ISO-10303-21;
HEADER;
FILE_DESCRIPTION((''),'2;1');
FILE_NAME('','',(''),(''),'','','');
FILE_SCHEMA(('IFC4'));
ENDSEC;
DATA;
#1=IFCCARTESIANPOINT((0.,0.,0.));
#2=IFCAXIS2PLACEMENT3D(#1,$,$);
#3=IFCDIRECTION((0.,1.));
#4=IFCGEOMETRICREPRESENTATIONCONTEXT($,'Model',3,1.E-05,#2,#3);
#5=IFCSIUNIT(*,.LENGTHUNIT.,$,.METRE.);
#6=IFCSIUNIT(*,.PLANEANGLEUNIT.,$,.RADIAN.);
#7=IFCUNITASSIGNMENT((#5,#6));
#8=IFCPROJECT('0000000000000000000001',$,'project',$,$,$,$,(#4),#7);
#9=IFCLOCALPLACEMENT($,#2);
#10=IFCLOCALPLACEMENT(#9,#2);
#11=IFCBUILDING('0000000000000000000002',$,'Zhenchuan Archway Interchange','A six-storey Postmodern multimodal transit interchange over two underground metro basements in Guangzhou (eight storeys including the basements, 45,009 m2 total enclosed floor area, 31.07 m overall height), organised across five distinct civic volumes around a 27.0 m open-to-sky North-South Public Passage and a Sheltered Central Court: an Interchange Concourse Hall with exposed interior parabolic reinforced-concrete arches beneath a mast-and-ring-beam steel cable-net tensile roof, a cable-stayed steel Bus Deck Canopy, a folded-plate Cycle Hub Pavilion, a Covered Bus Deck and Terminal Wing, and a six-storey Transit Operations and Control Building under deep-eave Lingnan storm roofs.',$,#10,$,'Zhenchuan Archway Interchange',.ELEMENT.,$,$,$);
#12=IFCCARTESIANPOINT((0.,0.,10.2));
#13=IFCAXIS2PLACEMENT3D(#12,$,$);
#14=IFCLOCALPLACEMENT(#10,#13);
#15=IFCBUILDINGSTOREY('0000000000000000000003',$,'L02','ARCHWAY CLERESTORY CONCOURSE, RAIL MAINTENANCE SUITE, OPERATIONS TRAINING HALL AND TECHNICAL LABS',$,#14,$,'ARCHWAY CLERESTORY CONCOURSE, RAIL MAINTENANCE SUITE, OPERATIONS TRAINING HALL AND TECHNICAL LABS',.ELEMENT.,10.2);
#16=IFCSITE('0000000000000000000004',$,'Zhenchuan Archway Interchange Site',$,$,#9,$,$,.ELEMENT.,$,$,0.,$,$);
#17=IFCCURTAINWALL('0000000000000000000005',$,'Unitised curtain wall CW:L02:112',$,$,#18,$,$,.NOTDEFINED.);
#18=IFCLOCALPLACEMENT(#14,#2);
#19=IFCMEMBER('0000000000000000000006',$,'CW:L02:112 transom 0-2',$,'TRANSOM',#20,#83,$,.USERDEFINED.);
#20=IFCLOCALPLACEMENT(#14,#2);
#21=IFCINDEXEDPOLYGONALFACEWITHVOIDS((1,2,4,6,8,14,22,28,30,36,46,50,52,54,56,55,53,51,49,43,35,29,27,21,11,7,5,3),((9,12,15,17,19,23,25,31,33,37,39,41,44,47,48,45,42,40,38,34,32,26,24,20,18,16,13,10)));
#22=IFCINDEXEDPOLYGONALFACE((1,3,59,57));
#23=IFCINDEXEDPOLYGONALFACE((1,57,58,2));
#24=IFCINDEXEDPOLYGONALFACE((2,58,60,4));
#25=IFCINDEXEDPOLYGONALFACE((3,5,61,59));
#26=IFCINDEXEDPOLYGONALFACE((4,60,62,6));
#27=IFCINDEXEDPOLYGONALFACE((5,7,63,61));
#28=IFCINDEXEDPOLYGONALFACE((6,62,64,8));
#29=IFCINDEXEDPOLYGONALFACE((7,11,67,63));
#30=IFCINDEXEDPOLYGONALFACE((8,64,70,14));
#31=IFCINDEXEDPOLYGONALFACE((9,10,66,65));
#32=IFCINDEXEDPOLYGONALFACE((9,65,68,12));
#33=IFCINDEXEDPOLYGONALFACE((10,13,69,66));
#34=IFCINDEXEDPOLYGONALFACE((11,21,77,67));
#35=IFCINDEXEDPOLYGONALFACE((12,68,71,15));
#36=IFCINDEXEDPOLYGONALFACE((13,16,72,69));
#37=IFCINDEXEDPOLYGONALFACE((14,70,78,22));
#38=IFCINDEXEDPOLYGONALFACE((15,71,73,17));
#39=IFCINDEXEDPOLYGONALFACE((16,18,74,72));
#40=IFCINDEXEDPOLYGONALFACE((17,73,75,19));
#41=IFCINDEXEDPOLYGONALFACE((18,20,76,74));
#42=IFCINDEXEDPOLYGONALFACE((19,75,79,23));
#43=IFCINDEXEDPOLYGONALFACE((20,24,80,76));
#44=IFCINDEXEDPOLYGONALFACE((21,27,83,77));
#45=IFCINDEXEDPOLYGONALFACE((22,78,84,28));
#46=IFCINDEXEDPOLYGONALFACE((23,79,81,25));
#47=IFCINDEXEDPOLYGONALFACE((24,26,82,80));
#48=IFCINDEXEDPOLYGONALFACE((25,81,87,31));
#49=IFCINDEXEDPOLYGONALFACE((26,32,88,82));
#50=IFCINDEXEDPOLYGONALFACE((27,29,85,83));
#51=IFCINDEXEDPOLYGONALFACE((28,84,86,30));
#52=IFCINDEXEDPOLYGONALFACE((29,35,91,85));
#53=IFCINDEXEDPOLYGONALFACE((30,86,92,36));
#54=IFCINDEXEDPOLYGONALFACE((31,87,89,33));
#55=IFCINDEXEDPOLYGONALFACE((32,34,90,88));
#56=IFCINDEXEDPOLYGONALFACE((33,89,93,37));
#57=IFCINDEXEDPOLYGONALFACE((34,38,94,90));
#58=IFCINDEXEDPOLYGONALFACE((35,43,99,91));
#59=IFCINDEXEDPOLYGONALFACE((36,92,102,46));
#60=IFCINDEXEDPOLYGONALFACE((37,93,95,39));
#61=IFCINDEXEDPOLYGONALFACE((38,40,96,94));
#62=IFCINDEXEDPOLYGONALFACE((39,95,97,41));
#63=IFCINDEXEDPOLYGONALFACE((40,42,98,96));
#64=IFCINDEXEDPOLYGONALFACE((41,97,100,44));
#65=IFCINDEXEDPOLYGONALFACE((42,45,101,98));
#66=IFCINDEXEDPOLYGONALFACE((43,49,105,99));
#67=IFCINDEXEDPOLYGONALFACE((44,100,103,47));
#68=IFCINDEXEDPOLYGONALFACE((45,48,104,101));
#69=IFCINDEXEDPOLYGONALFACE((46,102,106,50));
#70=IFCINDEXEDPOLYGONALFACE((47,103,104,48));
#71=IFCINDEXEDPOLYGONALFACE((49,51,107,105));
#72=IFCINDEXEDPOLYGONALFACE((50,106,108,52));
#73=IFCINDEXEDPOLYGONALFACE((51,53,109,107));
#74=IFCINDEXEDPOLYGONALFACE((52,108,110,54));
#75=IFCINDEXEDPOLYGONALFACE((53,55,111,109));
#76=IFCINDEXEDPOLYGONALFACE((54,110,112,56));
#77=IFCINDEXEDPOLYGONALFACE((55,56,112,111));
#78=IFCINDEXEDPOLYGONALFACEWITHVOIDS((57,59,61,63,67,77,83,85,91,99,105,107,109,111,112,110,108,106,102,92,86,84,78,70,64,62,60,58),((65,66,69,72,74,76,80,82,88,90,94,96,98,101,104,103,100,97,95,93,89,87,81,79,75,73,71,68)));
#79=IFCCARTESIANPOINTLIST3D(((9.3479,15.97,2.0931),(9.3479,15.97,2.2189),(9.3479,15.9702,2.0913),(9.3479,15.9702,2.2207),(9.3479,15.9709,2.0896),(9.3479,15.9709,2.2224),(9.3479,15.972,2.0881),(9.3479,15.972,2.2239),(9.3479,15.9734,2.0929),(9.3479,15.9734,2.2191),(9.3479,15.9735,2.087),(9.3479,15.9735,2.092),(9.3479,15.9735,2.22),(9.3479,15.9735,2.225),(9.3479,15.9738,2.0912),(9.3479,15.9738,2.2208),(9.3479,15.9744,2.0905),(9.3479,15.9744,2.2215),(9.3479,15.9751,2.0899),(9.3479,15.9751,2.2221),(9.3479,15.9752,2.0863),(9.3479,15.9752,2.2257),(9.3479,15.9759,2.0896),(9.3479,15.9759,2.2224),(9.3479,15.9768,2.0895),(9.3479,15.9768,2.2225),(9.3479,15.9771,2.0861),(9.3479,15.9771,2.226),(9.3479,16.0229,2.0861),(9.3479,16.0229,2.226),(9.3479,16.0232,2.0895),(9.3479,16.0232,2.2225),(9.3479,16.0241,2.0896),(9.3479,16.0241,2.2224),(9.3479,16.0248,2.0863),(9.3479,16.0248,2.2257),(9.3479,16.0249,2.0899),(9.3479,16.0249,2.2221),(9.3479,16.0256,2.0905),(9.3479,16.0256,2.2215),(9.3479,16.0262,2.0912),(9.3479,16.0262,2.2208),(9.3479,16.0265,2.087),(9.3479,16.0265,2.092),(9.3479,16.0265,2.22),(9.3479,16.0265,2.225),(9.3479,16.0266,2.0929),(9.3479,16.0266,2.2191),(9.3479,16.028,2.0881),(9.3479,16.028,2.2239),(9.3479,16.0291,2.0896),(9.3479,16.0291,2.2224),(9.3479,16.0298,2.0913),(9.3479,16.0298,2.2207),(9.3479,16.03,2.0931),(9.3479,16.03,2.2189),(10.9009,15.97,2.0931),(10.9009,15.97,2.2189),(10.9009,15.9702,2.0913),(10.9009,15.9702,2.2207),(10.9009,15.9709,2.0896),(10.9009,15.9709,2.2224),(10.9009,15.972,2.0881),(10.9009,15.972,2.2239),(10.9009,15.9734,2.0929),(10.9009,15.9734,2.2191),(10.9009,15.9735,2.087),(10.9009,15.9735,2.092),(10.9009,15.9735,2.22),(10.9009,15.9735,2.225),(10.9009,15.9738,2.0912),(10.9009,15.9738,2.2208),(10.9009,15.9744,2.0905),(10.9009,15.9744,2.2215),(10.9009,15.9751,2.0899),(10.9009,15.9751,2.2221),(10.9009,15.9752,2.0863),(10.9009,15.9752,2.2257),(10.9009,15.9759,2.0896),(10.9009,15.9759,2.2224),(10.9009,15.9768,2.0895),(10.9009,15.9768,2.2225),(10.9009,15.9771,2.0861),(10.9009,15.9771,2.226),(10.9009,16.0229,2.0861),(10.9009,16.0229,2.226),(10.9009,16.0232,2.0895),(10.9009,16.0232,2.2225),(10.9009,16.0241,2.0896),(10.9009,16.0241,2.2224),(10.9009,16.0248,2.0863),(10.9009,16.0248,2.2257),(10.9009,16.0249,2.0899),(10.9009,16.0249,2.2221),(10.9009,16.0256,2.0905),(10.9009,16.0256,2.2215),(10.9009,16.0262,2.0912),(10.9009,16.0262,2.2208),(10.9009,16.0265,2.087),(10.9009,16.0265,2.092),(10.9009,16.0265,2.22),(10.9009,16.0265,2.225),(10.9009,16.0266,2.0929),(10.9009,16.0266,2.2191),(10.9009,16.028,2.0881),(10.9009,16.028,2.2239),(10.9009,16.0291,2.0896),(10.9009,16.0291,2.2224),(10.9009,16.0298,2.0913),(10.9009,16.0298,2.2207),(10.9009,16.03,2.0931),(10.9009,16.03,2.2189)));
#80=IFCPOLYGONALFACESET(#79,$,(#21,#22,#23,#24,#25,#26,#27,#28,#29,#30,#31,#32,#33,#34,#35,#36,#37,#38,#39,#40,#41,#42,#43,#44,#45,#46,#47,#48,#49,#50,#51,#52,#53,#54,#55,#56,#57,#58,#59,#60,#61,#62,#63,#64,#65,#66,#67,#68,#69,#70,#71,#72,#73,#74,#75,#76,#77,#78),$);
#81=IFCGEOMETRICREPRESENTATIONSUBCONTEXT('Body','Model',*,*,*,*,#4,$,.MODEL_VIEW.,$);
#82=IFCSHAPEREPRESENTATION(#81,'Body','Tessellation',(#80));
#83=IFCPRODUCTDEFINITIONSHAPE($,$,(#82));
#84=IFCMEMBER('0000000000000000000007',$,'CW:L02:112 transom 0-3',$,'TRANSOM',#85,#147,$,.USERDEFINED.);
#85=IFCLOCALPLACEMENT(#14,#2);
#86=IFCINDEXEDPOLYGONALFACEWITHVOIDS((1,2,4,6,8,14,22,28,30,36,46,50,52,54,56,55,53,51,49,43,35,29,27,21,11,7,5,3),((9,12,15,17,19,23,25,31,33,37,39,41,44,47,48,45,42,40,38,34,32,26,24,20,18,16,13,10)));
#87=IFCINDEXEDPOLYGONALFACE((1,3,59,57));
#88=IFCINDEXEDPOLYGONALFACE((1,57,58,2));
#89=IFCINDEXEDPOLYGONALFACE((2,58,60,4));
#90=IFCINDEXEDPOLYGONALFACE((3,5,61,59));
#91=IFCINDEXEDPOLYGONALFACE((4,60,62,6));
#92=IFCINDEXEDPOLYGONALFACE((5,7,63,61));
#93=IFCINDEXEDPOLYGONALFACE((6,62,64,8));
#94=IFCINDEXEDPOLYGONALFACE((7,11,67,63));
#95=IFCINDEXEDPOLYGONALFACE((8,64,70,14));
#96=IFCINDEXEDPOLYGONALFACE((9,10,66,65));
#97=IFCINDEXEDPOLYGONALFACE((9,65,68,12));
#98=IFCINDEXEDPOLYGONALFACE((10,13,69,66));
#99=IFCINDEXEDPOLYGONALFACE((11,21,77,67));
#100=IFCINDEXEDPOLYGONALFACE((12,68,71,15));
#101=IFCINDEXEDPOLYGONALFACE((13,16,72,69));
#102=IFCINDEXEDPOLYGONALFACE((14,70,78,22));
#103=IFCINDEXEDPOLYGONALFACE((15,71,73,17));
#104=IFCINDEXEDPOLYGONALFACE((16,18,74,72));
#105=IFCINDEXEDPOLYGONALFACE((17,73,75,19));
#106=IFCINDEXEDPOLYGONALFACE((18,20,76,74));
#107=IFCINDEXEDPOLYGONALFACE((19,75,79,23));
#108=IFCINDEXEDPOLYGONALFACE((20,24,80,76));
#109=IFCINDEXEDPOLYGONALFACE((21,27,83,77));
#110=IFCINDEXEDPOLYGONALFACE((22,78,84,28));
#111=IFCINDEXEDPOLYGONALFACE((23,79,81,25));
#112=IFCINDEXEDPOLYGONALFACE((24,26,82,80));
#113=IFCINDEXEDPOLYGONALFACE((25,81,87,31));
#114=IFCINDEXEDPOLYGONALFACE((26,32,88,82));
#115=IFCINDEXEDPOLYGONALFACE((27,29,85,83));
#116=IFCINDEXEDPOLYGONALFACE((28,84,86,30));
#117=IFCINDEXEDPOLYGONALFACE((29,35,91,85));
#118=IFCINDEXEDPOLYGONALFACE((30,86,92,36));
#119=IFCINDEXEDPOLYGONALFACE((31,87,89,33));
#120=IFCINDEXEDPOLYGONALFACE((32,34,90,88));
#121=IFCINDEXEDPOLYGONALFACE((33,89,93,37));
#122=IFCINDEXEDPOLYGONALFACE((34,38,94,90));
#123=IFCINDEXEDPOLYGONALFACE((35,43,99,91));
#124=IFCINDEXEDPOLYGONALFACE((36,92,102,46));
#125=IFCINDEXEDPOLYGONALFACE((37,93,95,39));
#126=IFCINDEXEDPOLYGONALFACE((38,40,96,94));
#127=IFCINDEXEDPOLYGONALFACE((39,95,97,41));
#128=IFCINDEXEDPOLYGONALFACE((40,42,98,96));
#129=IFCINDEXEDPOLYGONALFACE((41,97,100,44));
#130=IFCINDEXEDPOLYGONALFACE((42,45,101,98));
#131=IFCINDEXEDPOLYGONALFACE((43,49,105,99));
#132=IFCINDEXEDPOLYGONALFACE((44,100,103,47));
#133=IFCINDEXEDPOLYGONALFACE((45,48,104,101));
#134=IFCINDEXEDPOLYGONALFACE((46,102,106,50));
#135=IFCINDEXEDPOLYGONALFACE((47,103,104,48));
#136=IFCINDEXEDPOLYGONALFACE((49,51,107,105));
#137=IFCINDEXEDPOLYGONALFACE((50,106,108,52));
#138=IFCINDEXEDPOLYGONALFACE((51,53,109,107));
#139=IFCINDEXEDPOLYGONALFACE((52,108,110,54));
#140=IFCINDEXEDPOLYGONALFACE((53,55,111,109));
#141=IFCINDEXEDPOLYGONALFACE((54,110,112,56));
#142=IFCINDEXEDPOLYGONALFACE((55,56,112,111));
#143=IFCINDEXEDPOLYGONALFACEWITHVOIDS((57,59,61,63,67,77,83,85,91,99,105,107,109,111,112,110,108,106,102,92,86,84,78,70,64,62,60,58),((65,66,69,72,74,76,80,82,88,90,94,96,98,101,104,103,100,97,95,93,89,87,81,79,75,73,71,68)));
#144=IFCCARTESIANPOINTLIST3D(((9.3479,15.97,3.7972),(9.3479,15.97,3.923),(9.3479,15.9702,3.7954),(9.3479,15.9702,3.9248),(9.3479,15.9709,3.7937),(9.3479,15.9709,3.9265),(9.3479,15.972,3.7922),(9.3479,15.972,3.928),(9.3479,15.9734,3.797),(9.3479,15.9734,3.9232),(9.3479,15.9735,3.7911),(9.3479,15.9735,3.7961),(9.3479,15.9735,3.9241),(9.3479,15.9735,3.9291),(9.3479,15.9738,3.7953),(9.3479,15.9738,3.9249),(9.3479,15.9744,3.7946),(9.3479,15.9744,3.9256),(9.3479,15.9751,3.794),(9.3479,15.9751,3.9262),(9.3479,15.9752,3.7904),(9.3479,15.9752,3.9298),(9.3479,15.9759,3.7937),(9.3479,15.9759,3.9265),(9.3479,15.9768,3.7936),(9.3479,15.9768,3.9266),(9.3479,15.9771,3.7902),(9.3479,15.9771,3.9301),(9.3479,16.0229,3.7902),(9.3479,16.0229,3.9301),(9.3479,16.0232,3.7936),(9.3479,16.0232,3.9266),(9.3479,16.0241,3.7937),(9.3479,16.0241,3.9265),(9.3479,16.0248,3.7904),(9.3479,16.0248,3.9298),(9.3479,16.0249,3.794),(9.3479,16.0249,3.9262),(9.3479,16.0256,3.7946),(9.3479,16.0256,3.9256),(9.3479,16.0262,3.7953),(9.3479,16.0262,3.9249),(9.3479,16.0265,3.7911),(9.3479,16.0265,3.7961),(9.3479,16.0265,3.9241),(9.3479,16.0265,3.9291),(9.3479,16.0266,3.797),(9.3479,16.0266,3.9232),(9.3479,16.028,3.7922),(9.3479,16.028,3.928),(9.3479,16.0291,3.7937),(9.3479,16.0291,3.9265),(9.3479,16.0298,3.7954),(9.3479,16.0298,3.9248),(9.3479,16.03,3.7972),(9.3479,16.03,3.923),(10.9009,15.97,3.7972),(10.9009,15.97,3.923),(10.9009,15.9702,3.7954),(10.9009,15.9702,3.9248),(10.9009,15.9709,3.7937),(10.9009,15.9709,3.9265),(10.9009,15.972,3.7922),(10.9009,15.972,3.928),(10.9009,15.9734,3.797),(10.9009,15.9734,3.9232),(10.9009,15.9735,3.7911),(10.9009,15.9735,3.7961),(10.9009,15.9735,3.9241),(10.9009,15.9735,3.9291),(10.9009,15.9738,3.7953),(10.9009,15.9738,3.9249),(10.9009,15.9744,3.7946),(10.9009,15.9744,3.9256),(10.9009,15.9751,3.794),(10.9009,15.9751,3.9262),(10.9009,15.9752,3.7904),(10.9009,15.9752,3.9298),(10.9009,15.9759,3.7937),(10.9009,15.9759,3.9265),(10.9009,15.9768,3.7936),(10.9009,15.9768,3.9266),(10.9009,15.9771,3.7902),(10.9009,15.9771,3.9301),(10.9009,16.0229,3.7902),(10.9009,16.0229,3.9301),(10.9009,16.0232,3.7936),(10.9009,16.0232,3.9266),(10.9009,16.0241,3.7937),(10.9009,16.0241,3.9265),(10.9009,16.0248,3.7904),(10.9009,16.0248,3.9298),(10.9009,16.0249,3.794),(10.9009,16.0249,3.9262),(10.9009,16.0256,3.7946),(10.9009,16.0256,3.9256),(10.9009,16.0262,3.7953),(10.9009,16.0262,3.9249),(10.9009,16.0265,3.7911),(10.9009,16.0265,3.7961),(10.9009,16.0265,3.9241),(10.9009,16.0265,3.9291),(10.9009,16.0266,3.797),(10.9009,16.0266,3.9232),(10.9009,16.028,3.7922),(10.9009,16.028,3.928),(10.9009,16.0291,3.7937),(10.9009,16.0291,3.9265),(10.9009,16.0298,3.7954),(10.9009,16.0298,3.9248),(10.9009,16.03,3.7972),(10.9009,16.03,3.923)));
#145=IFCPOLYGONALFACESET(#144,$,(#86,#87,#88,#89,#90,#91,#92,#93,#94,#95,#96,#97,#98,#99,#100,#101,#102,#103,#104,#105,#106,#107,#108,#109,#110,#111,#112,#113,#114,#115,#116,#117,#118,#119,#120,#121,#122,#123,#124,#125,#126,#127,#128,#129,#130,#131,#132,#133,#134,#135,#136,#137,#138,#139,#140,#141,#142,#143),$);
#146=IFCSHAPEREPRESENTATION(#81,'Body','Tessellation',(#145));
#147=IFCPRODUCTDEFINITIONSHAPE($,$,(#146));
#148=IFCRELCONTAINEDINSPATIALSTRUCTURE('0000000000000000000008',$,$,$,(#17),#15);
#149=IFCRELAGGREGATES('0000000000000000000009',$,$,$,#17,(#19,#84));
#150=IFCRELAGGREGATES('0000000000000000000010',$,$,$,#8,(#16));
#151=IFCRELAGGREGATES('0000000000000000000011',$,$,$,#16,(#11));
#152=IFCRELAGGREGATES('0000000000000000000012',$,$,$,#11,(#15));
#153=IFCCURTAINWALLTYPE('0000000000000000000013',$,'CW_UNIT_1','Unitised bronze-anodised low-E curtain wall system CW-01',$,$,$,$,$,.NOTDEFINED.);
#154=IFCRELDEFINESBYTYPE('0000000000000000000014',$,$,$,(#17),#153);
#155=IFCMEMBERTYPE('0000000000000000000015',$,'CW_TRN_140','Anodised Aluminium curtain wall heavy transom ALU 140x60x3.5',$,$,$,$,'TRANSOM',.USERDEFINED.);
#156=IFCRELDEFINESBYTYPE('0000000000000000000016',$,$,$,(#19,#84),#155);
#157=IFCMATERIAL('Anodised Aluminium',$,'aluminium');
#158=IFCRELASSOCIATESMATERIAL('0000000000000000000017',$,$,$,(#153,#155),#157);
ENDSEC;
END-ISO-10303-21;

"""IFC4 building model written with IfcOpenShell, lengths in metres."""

from ifc_helpers import new_model, si_unit, direction, frame, origin, origin_2d, place, context, subcontext, project, spatial, hollow_rectangle, extrude, material, material_profile, profile_set, type_object, element, aggregate, save


model = new_model("IFC4")

# Units and contexts
model_context = context("Model", 3, precision=1e-05, world=origin(), true_north=direction((0.0, 1.0)))
body_context = subcontext(model_context, "Body", "Model", "MODEL_VIEW")
ifc_project = project(units=[si_unit("LENGTHUNIT", "METRE"), si_unit("PLANEANGLEUNIT", "RADIAN")], contexts=[model_context])

# Site, building, storey
site_placement = place(None, origin())
site = spatial("IfcSite", under=ifc_project, at=site_placement, Name="Zhenchuan Archway Interchange Site", CompositionType="ELEMENT", RefElevation=0.0)
building_placement = place(site_placement, origin())
building = spatial("IfcBuilding", under=site, at=building_placement, Name="Zhenchuan Archway Interchange", Description="A six-storey Postmodern multimodal transit interchange over two underground metro basements in Guangzhou (eight storeys including the basements, 45,009 m2 total enclosed floor area, 31.07 m overall height), organised across five distinct civic volumes around a 27.0 m open-to-sky North-South Public Passage and a Sheltered Central Court: an Interchange Concourse Hall with exposed interior parabolic reinforced-concrete arches beneath a mast-and-ring-beam steel cable-net tensile roof, a cable-stayed steel Bus Deck Canopy, a folded-plate Cycle Hub Pavilion, a Covered Bus Deck and Terminal Wing, and a six-storey Transit Operations and Control Building under deep-eave Lingnan storm roofs.", LongName="Zhenchuan Archway Interchange", CompositionType="ELEMENT")
storey_placement = place(building_placement, frame((0.0, 0.0, 10.2)))
storey = spatial("IfcBuildingStorey", under=building, at=storey_placement, Name="L02", Description="ARCHWAY CLERESTORY CONCOURSE, RAIL MAINTENANCE SUITE, OPERATIONS TRAINING HALL AND TECHNICAL LABS", LongName="ARCHWAY CLERESTORY CONCOURSE, RAIL MAINTENANCE SUITE, OPERATIONS TRAINING HALL AND TECHNICAL LABS", CompositionType="ELEMENT", Elevation=10.2)

# Curtain wall, members
ifc_material_1 = material(Name="Anodised Aluminium", Category="aluminium")
curtain_wall_type = type_object("IfcCurtainWallType", Name="CW_UNIT_1", Description="Unitised bronze-anodised low-E curtain wall system CW-01", PredefinedType="NOTDEFINED", material=ifc_material_1)
curtain_wall_placement = place(storey_placement, origin())
curtain_wall = element("IfcCurtainWall", 1, at=curtain_wall_placement, inside=storey, type_object=curtain_wall_type, Name="Unitised curtain wall CW:L02:112", PredefinedType="NOTDEFINED")
ifc_material_profile_1 = material_profile(ifc_material_1, hollow_rectangle(XDim=0.0601, YDim=0.1399, WallThickness=0.0034, InnerFilletRadius=0.0034, OuterFilletRadius=0.0071, at=origin_2d()), Name="ALU 140x60x3.5")
ifc_profile_set_1 = profile_set([ifc_material_profile_1], Name="Anodised Aluminium")
member_type_1 = type_object("IfcMemberType", Name="CW_TRN_140", Description="Anodised Aluminium curtain wall heavy transom ALU 140x60x3.5", ElementType="TRANSOM", PredefinedType="USERDEFINED", material=ifc_profile_set_1)
member_1_placement = place(storey_placement, frame((9.3479, 16.0, 2.156), z_axis=(1.0, 0.0, 0.0), x_axis=(0.0, 1.0, 0.0)))
member_1 = element("IfcMember", 2, at=member_1_placement, type_object=member_type_1, Name="CW:L02:112 transom 0-2", ObjectType="TRANSOM", PredefinedType="USERDEFINED", context=body_context, shape_type="SweptSolid", body=[
    extrude(hollow_rectangle(XDim=0.0601, YDim=0.1399, WallThickness=0.0034, InnerFilletRadius=0.0034, OuterFilletRadius=0.0071, at=origin_2d()), origin(), (0.0, 0.0, 1.0), 1.553),
])
member_2_placement = place(storey_placement, frame((9.3479, 16.0, 3.8601), z_axis=(1.0, 0.0, 0.0), x_axis=(0.0, 1.0, 0.0)))
member_2 = element("IfcMember", 3, at=member_2_placement, type_object=member_type_1, Name="CW:L02:112 transom 0-3", ObjectType="TRANSOM", PredefinedType="USERDEFINED", context=body_context, shape_type="SweptSolid", body=[
    extrude(hollow_rectangle(XDim=0.0601, YDim=0.1399, WallThickness=0.0034, InnerFilletRadius=0.0034, OuterFilletRadius=0.0071, at=origin_2d()), origin(), (0.0, 0.0, 1.0), 1.553),
])

aggregate(curtain_wall, [member_1, member_2])

save(model, "model.ifc")
